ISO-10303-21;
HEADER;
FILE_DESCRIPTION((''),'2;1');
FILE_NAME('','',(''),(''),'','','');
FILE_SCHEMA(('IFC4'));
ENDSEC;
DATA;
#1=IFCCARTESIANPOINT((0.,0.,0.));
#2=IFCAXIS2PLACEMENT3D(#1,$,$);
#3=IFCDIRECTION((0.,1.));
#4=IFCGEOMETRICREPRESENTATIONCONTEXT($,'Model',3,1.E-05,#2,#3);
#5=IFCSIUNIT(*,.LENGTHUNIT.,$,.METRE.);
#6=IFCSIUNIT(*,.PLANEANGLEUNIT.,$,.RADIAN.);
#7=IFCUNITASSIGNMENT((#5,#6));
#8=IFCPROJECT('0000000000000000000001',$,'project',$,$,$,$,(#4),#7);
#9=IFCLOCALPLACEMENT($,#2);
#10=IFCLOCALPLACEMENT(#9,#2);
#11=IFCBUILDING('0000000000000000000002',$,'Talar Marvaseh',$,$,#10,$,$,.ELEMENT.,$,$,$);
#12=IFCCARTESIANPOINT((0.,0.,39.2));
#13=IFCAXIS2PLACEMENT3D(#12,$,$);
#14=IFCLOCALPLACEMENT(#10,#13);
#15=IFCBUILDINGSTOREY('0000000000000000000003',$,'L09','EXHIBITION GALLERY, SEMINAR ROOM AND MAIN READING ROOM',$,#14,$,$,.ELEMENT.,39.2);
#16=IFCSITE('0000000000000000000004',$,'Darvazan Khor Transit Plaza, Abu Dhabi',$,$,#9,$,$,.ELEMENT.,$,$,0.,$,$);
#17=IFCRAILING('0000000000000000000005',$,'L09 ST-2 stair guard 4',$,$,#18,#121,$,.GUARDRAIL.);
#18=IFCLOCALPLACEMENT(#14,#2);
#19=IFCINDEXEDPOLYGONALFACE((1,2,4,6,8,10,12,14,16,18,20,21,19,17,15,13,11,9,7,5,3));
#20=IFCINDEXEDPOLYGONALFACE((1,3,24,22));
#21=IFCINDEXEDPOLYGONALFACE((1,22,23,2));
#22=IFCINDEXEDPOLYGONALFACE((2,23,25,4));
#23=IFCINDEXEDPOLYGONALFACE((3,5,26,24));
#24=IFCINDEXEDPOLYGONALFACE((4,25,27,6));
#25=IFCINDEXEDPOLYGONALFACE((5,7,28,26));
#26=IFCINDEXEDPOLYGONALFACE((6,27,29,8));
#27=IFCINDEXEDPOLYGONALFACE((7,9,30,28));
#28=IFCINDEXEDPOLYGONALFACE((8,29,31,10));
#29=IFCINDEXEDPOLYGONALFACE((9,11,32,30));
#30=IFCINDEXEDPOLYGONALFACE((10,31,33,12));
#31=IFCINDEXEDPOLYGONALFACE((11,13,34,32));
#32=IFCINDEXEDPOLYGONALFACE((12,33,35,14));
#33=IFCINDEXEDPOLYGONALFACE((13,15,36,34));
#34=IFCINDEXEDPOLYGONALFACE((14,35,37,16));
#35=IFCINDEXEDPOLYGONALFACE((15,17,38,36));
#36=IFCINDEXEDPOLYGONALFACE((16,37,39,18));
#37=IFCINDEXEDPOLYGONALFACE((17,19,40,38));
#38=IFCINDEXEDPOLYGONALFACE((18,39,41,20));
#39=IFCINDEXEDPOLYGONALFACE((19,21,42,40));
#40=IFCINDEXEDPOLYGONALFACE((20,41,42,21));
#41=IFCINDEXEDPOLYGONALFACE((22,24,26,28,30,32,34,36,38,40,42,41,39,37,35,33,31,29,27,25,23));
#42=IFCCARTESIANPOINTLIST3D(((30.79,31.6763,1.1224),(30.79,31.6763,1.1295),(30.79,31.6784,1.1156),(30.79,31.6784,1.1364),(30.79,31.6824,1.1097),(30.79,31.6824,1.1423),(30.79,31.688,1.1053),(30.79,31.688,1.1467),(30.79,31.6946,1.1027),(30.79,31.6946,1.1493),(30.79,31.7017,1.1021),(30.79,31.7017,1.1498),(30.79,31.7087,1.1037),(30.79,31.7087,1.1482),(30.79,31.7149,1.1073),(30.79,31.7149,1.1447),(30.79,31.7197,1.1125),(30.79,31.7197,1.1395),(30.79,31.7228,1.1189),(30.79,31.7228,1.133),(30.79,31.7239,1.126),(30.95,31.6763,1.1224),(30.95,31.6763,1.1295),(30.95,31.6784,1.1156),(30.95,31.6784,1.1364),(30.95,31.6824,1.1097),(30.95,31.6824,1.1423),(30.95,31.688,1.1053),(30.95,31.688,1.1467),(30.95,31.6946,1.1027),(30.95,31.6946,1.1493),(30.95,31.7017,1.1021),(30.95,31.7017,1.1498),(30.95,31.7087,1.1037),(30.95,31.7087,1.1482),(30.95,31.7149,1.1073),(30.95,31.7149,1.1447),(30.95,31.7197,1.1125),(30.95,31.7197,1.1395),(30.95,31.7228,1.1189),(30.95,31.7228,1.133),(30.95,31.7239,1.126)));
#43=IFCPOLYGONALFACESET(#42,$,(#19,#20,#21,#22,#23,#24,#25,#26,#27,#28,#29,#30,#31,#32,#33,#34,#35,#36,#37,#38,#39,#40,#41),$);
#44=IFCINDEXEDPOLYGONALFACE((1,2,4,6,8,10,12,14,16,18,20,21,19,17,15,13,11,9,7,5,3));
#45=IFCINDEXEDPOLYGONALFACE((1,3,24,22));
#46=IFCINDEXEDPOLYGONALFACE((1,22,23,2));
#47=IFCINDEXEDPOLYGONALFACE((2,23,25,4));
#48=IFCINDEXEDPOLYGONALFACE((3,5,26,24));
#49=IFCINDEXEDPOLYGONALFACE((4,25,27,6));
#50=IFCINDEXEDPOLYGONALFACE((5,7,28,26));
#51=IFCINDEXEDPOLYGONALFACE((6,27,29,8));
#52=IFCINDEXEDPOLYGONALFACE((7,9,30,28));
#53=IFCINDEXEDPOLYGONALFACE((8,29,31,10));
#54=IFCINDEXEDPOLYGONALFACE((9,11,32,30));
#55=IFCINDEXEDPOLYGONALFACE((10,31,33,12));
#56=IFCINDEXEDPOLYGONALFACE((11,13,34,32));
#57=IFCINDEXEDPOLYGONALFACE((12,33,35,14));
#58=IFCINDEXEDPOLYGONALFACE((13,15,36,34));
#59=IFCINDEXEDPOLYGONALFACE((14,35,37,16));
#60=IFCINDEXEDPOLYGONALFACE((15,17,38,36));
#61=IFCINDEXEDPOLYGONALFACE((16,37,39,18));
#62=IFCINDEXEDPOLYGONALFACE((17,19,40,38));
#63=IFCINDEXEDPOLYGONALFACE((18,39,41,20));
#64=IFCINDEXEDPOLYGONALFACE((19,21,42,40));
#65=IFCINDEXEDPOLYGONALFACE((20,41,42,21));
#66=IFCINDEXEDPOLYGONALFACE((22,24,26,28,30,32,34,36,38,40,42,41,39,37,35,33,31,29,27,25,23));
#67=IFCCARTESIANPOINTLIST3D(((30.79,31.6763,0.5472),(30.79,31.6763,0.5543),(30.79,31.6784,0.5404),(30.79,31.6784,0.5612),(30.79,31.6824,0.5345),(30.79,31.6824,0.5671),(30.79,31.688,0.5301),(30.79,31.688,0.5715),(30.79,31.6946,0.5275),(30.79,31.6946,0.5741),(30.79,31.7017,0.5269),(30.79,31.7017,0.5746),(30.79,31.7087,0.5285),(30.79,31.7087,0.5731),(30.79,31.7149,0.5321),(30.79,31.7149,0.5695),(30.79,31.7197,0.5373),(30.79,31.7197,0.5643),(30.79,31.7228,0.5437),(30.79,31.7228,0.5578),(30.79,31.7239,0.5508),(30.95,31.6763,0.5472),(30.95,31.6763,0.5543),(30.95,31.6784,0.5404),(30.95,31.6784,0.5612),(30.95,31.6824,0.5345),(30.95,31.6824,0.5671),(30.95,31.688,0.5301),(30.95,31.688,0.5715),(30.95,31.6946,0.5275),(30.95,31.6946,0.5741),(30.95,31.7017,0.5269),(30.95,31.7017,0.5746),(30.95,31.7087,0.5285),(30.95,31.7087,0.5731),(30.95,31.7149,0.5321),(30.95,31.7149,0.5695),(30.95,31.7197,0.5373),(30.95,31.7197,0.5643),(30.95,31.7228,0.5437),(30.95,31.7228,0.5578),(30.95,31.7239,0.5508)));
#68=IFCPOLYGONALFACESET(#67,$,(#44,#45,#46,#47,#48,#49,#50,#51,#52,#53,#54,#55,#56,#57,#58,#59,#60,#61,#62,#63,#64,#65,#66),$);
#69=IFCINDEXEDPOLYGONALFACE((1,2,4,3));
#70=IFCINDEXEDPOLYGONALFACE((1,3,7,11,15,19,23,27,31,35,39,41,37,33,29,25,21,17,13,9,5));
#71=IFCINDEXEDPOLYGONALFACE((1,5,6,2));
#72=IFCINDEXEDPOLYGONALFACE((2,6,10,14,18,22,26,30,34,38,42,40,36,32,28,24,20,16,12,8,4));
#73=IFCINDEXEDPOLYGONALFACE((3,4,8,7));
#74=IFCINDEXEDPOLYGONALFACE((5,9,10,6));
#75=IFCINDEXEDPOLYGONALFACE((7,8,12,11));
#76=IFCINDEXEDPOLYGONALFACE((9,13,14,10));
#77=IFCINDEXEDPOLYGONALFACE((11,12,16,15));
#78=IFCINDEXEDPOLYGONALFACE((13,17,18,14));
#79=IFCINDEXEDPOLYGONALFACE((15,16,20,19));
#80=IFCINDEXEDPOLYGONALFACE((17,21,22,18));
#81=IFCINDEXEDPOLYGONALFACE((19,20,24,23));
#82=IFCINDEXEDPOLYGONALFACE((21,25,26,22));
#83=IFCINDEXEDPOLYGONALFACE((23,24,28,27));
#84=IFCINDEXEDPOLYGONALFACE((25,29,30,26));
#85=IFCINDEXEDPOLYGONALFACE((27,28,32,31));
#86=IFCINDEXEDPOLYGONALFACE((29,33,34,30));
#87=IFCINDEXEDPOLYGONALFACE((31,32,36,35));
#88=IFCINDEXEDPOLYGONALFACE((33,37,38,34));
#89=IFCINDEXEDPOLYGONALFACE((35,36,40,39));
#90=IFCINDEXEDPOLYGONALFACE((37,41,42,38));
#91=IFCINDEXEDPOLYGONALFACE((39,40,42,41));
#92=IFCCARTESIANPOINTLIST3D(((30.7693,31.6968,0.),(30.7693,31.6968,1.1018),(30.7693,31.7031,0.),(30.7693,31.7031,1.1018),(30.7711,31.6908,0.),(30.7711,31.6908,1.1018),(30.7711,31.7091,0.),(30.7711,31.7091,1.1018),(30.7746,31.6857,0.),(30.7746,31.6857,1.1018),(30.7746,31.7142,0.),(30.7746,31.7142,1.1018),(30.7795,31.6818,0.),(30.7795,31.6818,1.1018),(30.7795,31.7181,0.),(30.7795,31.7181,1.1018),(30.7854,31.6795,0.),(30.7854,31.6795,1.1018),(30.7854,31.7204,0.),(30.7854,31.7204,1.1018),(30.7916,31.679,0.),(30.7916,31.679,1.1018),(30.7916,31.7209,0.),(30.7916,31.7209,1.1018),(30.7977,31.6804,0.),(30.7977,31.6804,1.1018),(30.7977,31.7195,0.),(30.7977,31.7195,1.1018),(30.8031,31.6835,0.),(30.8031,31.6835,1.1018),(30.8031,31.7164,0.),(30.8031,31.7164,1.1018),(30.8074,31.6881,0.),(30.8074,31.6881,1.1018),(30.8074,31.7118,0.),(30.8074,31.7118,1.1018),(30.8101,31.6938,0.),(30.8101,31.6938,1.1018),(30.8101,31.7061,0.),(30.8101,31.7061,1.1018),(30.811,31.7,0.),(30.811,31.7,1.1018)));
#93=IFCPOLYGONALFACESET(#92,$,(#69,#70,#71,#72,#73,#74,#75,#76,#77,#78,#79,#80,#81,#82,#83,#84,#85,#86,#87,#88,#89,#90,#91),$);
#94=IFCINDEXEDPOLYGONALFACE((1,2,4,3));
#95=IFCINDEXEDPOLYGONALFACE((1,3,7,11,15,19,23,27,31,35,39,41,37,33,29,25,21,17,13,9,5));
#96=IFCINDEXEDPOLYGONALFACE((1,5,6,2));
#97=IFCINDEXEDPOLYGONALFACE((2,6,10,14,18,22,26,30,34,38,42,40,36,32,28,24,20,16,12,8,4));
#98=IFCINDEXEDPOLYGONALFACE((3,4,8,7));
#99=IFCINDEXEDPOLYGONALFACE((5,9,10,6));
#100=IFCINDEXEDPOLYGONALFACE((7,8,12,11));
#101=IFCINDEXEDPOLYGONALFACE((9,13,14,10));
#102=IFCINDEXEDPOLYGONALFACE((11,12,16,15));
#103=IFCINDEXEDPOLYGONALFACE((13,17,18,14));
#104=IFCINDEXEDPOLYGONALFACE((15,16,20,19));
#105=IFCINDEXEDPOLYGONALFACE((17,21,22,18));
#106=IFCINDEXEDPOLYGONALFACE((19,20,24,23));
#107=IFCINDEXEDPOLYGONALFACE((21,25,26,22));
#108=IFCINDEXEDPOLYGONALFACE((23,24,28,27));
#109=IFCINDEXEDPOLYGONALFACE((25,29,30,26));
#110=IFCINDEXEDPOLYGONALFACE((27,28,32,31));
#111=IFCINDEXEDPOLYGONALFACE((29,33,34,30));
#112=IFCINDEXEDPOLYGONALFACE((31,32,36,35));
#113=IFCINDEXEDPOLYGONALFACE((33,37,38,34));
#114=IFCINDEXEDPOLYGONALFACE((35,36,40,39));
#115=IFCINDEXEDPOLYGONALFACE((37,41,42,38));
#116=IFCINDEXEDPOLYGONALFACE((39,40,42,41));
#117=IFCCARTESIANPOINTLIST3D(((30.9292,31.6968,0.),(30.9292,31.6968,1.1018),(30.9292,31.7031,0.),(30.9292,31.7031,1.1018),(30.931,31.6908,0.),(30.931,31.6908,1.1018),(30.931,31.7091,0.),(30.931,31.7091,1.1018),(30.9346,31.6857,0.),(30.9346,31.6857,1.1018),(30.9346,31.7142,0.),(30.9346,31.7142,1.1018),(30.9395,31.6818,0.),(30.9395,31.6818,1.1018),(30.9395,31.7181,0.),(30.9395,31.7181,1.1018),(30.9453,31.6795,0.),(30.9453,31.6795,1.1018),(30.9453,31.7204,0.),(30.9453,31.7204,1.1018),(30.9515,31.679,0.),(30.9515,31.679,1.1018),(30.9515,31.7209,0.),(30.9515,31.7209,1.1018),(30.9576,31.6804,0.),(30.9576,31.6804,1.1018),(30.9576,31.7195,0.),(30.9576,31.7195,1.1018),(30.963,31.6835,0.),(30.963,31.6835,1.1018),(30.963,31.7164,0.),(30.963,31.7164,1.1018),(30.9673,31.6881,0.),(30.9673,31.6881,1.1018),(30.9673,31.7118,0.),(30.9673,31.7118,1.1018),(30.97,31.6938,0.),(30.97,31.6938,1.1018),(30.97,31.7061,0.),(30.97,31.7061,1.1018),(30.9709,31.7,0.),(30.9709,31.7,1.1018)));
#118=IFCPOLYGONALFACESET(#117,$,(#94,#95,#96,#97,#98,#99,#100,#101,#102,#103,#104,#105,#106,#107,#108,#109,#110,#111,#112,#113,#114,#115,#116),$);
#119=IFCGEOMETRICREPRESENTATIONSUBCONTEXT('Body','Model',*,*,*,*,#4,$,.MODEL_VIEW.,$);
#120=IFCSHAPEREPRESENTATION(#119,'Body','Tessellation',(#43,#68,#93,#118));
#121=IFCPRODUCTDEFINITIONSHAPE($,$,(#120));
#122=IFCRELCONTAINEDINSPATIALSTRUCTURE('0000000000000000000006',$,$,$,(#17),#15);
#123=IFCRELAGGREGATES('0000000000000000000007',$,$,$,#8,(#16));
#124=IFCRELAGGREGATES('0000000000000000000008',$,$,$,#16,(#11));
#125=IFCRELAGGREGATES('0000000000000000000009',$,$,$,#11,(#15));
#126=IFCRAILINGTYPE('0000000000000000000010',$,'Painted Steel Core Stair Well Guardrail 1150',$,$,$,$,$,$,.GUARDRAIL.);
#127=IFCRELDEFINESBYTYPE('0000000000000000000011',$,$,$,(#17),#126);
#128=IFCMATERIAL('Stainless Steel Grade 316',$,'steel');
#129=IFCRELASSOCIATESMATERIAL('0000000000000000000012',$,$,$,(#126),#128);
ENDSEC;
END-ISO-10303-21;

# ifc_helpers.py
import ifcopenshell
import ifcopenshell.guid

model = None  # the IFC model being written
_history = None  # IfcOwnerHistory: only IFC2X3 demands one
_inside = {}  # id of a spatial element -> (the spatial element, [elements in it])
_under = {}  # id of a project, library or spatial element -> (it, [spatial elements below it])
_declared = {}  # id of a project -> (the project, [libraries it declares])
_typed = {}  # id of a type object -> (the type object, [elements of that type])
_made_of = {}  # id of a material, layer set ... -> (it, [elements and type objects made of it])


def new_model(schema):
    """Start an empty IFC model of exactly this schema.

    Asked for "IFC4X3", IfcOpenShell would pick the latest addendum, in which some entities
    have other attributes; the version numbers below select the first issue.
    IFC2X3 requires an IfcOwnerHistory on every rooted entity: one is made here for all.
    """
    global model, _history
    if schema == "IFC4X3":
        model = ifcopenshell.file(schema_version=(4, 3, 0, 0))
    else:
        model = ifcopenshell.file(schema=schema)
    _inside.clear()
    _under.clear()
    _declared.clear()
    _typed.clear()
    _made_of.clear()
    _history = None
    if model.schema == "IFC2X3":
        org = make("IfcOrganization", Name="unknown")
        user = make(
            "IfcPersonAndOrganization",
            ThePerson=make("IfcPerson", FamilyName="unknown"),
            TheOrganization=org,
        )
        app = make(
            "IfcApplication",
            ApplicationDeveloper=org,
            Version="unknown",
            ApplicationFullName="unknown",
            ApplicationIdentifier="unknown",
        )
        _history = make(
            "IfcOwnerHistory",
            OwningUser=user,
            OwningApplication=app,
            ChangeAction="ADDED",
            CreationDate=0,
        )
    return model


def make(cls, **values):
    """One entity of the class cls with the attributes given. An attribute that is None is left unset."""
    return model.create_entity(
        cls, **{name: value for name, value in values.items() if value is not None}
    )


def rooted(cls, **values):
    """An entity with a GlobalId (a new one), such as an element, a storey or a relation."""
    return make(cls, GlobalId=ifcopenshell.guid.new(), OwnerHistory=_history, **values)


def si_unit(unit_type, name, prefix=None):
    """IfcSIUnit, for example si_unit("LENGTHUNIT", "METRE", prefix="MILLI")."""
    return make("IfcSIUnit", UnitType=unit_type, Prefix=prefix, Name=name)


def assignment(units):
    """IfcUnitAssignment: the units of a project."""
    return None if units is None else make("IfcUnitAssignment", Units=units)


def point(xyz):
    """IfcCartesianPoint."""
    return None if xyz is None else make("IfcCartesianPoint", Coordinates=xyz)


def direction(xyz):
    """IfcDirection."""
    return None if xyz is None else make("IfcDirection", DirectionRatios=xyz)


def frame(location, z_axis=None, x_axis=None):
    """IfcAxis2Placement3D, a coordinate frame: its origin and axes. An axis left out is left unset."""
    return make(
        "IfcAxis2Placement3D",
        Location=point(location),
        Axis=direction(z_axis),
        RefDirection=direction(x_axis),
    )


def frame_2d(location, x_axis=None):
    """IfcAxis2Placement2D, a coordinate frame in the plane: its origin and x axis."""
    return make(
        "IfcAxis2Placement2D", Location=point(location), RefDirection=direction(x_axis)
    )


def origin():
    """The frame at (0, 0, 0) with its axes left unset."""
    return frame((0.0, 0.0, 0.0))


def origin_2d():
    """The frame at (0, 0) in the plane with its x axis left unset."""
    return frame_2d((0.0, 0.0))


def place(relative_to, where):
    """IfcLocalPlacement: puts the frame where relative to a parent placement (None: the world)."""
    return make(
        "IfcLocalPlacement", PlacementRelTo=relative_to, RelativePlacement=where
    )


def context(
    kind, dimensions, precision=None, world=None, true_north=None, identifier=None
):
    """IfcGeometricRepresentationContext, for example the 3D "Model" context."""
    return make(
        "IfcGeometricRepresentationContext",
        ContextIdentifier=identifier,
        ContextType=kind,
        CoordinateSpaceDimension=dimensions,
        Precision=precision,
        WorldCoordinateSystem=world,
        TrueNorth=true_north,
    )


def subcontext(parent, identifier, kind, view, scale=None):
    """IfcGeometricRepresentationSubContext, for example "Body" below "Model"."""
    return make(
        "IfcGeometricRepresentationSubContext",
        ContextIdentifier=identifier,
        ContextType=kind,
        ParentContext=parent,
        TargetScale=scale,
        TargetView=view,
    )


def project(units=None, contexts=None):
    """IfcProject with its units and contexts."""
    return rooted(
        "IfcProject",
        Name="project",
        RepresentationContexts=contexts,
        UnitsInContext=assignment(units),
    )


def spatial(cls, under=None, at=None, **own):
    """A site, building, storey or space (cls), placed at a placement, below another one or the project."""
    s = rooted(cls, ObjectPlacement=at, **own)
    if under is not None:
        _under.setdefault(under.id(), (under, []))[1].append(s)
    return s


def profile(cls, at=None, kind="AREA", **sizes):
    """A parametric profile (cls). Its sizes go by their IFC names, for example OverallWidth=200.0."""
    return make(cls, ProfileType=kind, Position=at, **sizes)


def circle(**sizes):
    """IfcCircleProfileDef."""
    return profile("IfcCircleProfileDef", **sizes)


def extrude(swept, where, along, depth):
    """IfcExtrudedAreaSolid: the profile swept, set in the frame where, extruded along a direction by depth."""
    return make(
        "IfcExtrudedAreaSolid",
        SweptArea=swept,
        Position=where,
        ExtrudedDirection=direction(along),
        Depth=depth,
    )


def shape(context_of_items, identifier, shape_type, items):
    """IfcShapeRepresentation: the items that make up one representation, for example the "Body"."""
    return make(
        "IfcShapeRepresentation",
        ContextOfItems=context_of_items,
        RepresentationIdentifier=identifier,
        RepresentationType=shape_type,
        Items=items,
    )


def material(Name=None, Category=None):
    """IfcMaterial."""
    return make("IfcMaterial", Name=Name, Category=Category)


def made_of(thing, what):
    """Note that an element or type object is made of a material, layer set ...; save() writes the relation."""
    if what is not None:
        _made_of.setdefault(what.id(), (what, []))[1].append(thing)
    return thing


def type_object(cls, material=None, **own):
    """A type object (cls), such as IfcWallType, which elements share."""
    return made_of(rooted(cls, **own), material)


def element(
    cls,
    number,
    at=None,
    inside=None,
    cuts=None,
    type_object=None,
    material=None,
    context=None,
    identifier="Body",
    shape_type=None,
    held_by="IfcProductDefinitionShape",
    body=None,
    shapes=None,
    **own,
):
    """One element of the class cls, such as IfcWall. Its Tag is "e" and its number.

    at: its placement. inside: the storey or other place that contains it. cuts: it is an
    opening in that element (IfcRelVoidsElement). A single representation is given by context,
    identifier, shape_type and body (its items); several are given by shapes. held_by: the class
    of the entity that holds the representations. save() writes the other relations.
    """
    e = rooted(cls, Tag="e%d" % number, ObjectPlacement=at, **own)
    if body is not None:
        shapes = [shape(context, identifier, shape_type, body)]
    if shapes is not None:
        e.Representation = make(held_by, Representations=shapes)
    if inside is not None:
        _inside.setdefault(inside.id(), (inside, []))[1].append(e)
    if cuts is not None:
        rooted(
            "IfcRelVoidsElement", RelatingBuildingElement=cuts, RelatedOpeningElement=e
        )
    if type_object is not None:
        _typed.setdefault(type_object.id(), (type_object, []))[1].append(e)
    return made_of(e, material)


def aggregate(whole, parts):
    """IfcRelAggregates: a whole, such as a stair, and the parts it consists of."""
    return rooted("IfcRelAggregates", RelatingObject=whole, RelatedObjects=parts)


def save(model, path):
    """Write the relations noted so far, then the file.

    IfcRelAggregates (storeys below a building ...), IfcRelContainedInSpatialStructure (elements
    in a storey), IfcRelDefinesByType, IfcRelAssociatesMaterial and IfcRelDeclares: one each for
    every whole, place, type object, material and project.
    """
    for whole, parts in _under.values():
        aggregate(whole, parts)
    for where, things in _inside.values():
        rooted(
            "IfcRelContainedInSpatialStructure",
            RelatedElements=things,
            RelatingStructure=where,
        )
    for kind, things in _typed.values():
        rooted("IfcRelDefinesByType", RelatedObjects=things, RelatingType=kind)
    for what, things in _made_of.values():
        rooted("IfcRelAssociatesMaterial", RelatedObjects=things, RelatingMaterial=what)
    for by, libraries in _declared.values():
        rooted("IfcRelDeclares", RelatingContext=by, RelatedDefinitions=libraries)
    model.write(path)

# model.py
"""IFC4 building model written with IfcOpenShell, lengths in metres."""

from ifc_helpers import new_model, si_unit, direction, frame, origin, origin_2d, place, context, subcontext, project, spatial, circle, extrude, material, type_object, element, save


model = new_model("IFC4")

# Units and contexts
model_context = context("Model", 3, precision=1e-05, world=origin(), true_north=direction((0.0, 1.0)))
body_context = subcontext(model_context, "Body", "Model", "MODEL_VIEW")
ifc_project = project(units=[si_unit("LENGTHUNIT", "METRE"), si_unit("PLANEANGLEUNIT", "RADIAN")], contexts=[model_context])

# Site, building, storey
site_placement = place(None, origin())
site = spatial("IfcSite", under=ifc_project, at=site_placement, Name="Darvazan Khor Transit Plaza, Abu Dhabi", CompositionType="ELEMENT", RefElevation=0.0)
building_placement = place(site_placement, origin())
building = spatial("IfcBuilding", under=site, at=building_placement, Name="Talar Marvaseh", CompositionType="ELEMENT")
storey_placement = place(building_placement, frame((0.0, 0.0, 39.2)))
storey = spatial("IfcBuildingStorey", under=building, at=storey_placement, Name="L09", Description="EXHIBITION GALLERY, SEMINAR ROOM AND MAIN READING ROOM", CompositionType="ELEMENT", Elevation=39.2)

# Railing
ifc_material_1 = material(Name="Stainless Steel Grade 316", Category="steel")
railing_type_1 = type_object("IfcRailingType", Name="Painted Steel Core Stair Well Guardrail 1150", PredefinedType="GUARDRAIL", material=ifc_material_1)
railing_1_placement = place(storey_placement, frame((30.79, 31.7, 0.0)))
element("IfcRailing", 1, at=railing_1_placement, inside=storey, type_object=railing_type_1, Name="L09 ST-2 stair guard 4", PredefinedType="GUARDRAIL", context=body_context, shape_type="SweptSolid", body=[
    extrude(circle(Radius=0.0239, at=origin_2d()), frame((0.0, 0.0, 1.126), z_axis=(1.0, 0.0, 0.0), x_axis=(0.0, 1.0, 0.0)), (0.0, 0.0, 1.0), 0.1599),
    extrude(circle(Radius=0.0239, at=origin_2d()), frame((0.0, 0.0, 0.5508), z_axis=(1.0, 0.0, 0.0), x_axis=(0.0, 1.0, 0.0)), (0.0, 0.0, 1.0), 0.1599),
    extrude(circle(Radius=0.021, at=origin_2d()), origin(), (0.0, 0.0, 1.0), 1.1018),
    extrude(circle(Radius=0.021, at=origin_2d()), frame((0.1599, 0.0, 0.0)), (0.0, 0.0, 1.0), 1.1018),
])

save(model, "model.ifc")
